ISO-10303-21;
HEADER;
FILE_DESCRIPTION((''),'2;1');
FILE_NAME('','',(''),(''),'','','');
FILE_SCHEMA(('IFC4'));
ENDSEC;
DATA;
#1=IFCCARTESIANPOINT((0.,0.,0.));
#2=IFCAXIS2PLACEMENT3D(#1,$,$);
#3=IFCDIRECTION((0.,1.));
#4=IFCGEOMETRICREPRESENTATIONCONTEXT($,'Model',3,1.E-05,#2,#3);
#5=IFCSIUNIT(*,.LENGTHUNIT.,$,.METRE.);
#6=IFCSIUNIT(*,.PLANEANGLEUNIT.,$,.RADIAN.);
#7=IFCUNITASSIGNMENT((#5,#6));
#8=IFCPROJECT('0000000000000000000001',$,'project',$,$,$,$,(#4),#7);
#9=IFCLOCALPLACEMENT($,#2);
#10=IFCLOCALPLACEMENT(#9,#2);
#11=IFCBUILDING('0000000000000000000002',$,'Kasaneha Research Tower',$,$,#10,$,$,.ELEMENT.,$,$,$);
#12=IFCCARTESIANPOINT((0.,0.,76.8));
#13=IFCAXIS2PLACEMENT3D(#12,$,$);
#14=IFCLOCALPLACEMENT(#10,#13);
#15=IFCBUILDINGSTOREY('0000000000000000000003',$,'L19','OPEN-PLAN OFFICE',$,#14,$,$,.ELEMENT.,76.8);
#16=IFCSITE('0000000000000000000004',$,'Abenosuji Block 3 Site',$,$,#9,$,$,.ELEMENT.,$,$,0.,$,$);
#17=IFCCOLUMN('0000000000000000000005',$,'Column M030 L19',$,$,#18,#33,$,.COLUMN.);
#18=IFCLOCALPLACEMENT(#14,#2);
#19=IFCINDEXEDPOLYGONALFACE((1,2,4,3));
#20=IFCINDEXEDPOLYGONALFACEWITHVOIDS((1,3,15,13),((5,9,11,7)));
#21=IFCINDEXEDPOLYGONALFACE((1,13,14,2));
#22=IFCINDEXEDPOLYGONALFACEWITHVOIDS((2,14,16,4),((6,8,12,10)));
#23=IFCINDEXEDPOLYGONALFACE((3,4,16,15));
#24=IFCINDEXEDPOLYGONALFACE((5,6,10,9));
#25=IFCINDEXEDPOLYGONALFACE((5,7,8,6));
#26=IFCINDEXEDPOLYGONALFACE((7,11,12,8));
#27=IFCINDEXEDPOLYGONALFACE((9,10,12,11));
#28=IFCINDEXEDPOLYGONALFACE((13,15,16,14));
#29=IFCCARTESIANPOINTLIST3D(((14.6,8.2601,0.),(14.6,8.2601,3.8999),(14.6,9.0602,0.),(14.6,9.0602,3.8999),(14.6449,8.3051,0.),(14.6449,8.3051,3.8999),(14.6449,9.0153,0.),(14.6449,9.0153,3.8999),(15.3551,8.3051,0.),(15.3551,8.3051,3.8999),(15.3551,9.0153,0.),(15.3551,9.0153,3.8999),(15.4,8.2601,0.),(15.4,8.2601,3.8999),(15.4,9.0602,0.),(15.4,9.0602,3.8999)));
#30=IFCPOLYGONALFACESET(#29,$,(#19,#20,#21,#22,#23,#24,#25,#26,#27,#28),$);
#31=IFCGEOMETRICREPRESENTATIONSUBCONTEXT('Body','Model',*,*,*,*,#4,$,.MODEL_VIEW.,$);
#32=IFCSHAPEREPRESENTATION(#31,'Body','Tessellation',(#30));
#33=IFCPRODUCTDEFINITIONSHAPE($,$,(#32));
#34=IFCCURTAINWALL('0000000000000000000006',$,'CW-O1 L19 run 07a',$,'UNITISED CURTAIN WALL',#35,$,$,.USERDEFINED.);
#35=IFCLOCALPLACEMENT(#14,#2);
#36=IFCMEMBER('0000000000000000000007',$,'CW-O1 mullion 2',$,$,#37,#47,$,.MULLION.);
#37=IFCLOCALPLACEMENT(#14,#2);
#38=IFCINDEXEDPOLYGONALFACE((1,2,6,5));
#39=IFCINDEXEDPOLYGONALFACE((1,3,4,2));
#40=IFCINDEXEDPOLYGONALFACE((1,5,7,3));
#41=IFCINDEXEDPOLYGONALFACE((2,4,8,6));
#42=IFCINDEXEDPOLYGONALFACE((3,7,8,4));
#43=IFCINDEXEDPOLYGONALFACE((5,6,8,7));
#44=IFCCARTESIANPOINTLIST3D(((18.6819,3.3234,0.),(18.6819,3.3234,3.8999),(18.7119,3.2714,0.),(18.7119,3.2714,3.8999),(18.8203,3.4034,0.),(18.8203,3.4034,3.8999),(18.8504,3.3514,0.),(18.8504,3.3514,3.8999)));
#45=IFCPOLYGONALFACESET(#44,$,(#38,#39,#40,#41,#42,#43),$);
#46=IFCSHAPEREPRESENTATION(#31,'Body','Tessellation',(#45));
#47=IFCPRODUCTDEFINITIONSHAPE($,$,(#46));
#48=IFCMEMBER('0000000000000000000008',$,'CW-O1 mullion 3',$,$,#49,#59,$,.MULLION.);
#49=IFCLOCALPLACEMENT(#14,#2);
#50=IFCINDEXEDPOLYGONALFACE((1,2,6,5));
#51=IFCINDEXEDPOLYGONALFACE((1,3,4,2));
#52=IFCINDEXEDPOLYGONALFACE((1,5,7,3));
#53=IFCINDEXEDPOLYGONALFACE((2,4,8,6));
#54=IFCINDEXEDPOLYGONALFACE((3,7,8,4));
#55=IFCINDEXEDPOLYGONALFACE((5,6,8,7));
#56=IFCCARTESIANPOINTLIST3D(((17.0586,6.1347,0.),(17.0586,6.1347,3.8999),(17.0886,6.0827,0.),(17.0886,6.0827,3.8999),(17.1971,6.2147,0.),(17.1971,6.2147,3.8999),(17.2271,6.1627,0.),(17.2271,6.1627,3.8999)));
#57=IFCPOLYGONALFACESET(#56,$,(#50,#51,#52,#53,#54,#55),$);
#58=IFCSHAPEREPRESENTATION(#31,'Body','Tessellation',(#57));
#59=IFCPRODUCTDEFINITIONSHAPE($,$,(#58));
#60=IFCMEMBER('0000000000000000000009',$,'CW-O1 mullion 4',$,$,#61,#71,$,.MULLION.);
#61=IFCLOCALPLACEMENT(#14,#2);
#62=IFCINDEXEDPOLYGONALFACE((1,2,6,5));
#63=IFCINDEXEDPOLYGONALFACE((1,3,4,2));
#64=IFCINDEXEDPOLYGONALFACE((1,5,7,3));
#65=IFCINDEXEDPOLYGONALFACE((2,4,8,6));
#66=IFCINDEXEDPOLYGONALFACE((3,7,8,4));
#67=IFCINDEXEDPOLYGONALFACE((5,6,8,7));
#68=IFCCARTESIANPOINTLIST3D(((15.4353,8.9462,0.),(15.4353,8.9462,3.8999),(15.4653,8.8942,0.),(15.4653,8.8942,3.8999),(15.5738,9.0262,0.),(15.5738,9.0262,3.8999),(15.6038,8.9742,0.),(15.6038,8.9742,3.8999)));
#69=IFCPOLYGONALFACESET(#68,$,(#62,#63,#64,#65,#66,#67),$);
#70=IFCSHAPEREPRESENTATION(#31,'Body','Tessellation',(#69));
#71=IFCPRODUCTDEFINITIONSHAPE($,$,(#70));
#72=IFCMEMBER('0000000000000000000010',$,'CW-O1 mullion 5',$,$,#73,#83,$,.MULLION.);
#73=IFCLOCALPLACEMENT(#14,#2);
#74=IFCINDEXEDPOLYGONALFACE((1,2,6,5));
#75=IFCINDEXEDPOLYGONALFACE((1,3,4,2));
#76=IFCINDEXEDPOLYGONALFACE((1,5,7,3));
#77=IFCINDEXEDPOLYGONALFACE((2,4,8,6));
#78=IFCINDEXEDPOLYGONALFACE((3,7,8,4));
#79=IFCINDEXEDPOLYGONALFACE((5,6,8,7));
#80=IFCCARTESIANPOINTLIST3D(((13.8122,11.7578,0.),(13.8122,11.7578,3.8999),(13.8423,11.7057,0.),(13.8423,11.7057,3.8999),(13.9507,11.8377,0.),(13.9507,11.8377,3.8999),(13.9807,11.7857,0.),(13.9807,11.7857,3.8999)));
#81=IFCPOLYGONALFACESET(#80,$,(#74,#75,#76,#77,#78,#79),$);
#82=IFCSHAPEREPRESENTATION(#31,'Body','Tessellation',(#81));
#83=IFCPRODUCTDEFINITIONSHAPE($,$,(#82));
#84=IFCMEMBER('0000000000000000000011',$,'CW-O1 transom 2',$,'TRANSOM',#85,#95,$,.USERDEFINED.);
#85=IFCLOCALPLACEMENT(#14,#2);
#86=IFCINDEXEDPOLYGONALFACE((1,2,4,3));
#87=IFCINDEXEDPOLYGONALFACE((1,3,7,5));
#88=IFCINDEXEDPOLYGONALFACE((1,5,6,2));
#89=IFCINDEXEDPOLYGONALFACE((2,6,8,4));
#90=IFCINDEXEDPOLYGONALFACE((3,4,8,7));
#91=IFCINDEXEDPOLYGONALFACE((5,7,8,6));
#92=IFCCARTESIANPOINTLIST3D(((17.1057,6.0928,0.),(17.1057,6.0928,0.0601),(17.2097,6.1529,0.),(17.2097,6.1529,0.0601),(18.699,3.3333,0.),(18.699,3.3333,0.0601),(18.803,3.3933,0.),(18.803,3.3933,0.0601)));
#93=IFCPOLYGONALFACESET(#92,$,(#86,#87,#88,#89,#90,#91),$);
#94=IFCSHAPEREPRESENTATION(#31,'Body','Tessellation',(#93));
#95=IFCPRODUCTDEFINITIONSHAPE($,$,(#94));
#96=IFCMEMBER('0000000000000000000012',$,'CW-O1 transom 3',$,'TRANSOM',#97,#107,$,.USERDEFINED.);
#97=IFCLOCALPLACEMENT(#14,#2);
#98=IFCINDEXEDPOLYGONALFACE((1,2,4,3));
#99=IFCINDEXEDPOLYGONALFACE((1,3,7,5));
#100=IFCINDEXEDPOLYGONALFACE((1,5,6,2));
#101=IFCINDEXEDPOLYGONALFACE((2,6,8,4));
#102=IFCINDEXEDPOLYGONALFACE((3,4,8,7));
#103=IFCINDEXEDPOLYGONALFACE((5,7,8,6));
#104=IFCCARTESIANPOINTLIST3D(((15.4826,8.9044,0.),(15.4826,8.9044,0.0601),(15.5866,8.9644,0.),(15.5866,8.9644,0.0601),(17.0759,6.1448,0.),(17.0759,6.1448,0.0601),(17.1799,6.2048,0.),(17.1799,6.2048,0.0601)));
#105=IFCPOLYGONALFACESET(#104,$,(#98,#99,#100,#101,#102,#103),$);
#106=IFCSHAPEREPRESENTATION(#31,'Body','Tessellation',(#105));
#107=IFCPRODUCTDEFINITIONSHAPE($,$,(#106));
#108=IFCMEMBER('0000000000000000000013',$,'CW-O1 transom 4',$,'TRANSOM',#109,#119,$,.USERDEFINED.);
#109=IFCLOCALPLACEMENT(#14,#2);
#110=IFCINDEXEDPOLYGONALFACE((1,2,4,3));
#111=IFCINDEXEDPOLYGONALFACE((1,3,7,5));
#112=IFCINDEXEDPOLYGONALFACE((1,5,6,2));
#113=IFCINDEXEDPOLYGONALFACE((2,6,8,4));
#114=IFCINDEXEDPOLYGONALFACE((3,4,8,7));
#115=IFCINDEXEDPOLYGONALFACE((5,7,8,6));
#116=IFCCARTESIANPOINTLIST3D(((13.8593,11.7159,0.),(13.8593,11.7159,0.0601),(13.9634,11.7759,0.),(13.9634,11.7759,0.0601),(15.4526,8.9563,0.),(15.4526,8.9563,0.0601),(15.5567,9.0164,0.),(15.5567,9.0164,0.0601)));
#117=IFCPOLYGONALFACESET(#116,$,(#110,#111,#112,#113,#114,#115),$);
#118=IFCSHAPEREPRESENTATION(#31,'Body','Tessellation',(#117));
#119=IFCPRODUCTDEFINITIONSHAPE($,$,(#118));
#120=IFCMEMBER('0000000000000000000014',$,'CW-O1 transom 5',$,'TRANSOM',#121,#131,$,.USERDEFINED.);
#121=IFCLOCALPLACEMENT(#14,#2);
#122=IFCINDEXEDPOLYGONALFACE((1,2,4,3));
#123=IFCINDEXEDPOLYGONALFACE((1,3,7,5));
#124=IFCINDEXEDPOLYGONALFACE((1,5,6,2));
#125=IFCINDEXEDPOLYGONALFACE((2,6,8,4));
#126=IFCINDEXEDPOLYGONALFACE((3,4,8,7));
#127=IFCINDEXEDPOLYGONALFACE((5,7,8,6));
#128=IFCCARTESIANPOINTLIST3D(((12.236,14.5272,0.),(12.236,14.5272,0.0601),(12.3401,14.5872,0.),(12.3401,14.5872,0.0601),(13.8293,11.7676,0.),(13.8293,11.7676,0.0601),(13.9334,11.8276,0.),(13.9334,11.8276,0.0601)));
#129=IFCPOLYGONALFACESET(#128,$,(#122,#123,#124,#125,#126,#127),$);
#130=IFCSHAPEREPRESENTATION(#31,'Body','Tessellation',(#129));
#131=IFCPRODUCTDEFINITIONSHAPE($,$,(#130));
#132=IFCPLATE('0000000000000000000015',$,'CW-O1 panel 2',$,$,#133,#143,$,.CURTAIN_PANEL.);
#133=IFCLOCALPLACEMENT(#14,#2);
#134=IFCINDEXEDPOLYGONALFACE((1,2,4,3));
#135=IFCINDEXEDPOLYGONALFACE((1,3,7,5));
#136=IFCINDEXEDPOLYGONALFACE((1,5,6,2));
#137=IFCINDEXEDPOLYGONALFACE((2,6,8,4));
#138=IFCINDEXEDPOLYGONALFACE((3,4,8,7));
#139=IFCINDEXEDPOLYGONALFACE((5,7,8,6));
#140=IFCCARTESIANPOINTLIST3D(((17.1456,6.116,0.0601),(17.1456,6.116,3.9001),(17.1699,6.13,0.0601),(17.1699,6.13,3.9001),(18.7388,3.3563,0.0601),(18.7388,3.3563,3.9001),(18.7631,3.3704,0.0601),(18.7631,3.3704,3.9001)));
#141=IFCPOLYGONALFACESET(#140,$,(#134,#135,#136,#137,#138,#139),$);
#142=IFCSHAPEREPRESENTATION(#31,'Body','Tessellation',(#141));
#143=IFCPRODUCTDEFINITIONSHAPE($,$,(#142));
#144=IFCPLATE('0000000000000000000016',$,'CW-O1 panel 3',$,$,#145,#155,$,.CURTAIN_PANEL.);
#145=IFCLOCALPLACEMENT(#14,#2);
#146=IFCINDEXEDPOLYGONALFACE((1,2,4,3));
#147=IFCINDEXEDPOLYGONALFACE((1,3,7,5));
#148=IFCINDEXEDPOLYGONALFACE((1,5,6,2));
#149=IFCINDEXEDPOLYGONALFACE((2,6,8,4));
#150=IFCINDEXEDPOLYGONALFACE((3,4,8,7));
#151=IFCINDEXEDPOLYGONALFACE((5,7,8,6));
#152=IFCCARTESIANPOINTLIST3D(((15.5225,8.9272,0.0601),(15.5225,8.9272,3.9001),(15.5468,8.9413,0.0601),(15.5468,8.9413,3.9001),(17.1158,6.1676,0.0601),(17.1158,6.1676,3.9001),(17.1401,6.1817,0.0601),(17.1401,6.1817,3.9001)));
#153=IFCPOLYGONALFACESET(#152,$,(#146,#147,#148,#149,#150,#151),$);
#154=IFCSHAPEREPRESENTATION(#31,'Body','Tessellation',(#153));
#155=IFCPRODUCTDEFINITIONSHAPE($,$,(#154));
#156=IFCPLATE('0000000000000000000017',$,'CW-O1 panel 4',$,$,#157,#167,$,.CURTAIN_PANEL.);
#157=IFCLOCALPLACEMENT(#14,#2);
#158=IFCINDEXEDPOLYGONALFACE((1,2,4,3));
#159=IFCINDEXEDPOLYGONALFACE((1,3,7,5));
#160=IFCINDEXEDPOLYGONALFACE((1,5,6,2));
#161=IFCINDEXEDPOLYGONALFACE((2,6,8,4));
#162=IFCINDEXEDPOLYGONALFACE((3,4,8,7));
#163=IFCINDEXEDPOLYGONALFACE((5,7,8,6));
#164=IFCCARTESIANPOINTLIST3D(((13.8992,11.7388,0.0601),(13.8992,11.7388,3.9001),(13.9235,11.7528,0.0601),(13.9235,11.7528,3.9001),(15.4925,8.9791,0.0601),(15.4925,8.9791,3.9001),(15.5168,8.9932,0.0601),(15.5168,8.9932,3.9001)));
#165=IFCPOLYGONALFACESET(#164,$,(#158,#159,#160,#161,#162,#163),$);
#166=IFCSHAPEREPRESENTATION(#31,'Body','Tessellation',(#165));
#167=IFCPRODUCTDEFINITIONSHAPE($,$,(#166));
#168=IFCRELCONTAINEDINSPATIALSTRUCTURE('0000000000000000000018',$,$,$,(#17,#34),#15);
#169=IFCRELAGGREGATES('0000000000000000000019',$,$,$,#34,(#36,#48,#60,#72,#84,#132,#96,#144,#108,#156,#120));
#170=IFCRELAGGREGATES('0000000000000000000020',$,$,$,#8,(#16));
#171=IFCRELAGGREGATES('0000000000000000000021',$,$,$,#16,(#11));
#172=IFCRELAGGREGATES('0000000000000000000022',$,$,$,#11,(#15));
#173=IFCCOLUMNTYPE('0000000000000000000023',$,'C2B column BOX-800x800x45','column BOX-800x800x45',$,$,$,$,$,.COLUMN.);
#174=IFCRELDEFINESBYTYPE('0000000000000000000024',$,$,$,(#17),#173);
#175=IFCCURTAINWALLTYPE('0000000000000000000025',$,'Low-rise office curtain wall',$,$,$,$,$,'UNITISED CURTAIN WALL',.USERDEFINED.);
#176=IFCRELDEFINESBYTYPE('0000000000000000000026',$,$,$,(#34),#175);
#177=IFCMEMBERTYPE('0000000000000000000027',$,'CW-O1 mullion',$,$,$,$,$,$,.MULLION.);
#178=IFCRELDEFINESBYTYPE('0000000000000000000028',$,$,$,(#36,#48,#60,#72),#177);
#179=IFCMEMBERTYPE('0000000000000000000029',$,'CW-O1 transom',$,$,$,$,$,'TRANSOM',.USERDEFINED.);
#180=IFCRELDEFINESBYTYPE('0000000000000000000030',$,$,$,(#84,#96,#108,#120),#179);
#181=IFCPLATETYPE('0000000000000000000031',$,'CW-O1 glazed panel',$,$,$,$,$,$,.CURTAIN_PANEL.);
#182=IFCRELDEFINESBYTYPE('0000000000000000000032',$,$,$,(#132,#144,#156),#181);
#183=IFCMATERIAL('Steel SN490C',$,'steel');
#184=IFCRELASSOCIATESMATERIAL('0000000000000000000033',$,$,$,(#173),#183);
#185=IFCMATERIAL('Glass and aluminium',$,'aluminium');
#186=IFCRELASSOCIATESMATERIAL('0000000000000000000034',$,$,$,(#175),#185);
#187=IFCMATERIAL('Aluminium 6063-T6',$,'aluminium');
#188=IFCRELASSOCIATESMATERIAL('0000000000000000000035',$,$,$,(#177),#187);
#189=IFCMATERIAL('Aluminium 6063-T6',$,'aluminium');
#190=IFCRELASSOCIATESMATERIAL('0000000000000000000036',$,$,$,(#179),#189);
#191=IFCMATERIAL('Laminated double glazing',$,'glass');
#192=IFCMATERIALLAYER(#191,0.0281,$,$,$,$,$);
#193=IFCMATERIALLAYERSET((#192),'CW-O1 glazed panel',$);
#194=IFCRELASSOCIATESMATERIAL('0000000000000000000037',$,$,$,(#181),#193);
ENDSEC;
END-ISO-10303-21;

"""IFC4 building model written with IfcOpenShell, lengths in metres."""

from ifc_helpers import new_model, si_unit, direction, frame, origin, origin_2d, place, context, subcontext, project, spatial, rectangle, hollow_rectangle, extrude, material, layer, layer_set, material_profile, profile_set, type_object, element, aggregate, save


model = new_model("IFC4")

# Units and contexts
model_context = context("Model", 3, precision=1e-05, world=origin(), true_north=direction((0.0, 1.0)))
body_context = subcontext(model_context, "Body", "Model", "MODEL_VIEW")
ifc_project = project(units=[si_unit("LENGTHUNIT", "METRE"), si_unit("PLANEANGLEUNIT", "RADIAN")], contexts=[model_context])

# Site, building, storey
site_placement = place(None, origin())
site = spatial("IfcSite", under=ifc_project, at=site_placement, Name="Abenosuji Block 3 Site", CompositionType="ELEMENT", RefElevation=0.0)
building_placement = place(site_placement, origin())
building = spatial("IfcBuilding", under=site, at=building_placement, Name="Kasaneha Research Tower", CompositionType="ELEMENT")
storey_placement = place(building_placement, frame((0.0, 0.0, 76.8)))
storey = spatial("IfcBuildingStorey", under=building, at=storey_placement, Name="L19", Description="OPEN-PLAN OFFICE", CompositionType="ELEMENT", Elevation=76.8)

# Column
ifc_material_1 = material(Name="Steel SN490C", Category="steel")
ifc_material_profile_1 = material_profile(ifc_material_1, hollow_rectangle(XDim=0.8, YDim=0.8, WallThickness=0.0449, at=origin_2d()), Name="BOX-800x800x45")
ifc_profile_set_1 = profile_set([ifc_material_profile_1], Name="Steel SN490C")
column_type = type_object("IfcColumnType", Name="C2B column BOX-800x800x45", Description="column BOX-800x800x45", PredefinedType="COLUMN", material=ifc_profile_set_1)
column_placement = place(storey_placement, frame((15.0, 8.6602, 0.0), z_axis=(0.0, 0.0, 1.0), x_axis=(1.0, 0.0, 0.0)))
element("IfcColumn", 1, at=column_placement, inside=storey, type_object=column_type, Name="Column M030 L19", PredefinedType="COLUMN", context=body_context, shape_type="SweptSolid", body=[
    extrude(hollow_rectangle(XDim=0.8, YDim=0.8, WallThickness=0.0449, at=origin_2d()), origin(), (0.0, 0.0, 1.0), 3.8999),
])

# Curtain wall, members, plates
ifc_material_2 = material(Name="Glass and aluminium", Category="aluminium")
curtain_wall_type = type_object("IfcCurtainWallType", Name="Low-rise office curtain wall", ElementType="UNITISED CURTAIN WALL", PredefinedType="USERDEFINED", material=ifc_material_2)
curtain_wall_placement = place(storey_placement, origin())
curtain_wall = element("IfcCurtainWall", 2, at=curtain_wall_placement, inside=storey, type_object=curtain_wall_type, Name="CW-O1 L19 run 07a", ObjectType="UNITISED CURTAIN WALL", PredefinedType="USERDEFINED")
ifc_material_3 = material(Name="Aluminium 6063-T6", Category="aluminium")
ifc_material_profile_2 = material_profile(ifc_material_3, rectangle(XDim=0.0601, YDim=0.1599, at=origin_2d()), Name="CW-O1 mullion 60x160")
ifc_profile_set_2 = profile_set([ifc_material_profile_2], Name="Aluminium 6063-T6")
member_type_1 = type_object("IfcMemberType", Name="CW-O1 mullion", PredefinedType="MULLION", material=ifc_profile_set_2)
member_1_placement = place(storey_placement, frame((18.7661, 3.3374, 0.0), z_axis=(0.0, 0.0, 1.0), x_axis=(-0.5, 0.866025, 0.0)))
member_1 = element("IfcMember", 3, at=member_1_placement, type_object=member_type_1, Name="CW-O1 mullion 2", PredefinedType="MULLION", context=body_context, shape_type="SweptSolid", body=[
    extrude(rectangle(XDim=0.0601, YDim=0.1599, at=origin_2d()), origin(), (0.0, 0.0, 1.0), 3.8999),
])
member_2_placement = place(storey_placement, frame((17.1428, 6.1487, 0.0), z_axis=(0.0, 0.0, 1.0), x_axis=(-0.5, 0.866025, 0.0)))
member_2 = element("IfcMember", 4, at=member_2_placement, type_object=member_type_1, Name="CW-O1 mullion 3", PredefinedType="MULLION", context=body_context, shape_type="SweptSolid", body=[
    extrude(rectangle(XDim=0.0601, YDim=0.1599, at=origin_2d()), origin(), (0.0, 0.0, 1.0), 3.8999),
])
member_3_placement = place(storey_placement, frame((15.5195, 8.9602, 0.0), z_axis=(0.0, 0.0, 1.0), x_axis=(-0.5, 0.866025, 0.0)))
member_3 = element("IfcMember", 5, at=member_3_placement, type_object=member_type_1, Name="CW-O1 mullion 4", PredefinedType="MULLION", context=body_context, shape_type="SweptSolid", body=[
    extrude(rectangle(XDim=0.0601, YDim=0.1599, at=origin_2d()), origin(), (0.0, 0.0, 1.0), 3.8999),
])
member_4_placement = place(storey_placement, frame((13.8965, 11.7717, 0.0), z_axis=(0.0, 0.0, 1.0), x_axis=(-0.5, 0.866025, 0.0)))
member_4 = element("IfcMember", 6, at=member_4_placement, type_object=member_type_1, Name="CW-O1 mullion 5", PredefinedType="MULLION", context=body_context, shape_type="SweptSolid", body=[
    extrude(rectangle(XDim=0.0601, YDim=0.1599, at=origin_2d()), origin(), (0.0, 0.0, 1.0), 3.8999),
])
ifc_material_4 = material(Name="Aluminium 6063-T6", Category="aluminium")
ifc_material_profile_3 = material_profile(ifc_material_4, rectangle(XDim=0.1201, YDim=0.0601, at=origin_2d()), Name="CW-O1 transom 120x60")
ifc_profile_set_3 = profile_set([ifc_material_profile_3], Name="Aluminium 6063-T6")
member_type_2 = type_object("IfcMemberType", Name="CW-O1 transom", ElementType="TRANSOM", PredefinedType="USERDEFINED", material=ifc_profile_set_3)
member_5_placement = place(storey_placement, frame((18.751, 3.3633, 0.03), z_axis=(-0.500012, 0.866018, 0.0), x_axis=(-0.866018, -0.500012, 0.0)))
member_5 = element("IfcMember", 7, at=member_5_placement, type_object=member_type_2, Name="CW-O1 transom 2", ObjectType="TRANSOM", PredefinedType="USERDEFINED", context=body_context, shape_type="SweptSolid", body=[
    extrude(rectangle(XDim=0.1201, YDim=0.0601, at=origin_2d()), origin(), (0.0, 0.0, 1.0), 3.1865),
])
member_6_placement = place(storey_placement, frame((17.1279, 6.1748, 0.03), z_axis=(-0.500012, 0.866018, 0.0), x_axis=(-0.866018, -0.500012, 0.0)))
member_6 = element("IfcMember", 8, at=member_6_placement, type_object=member_type_2, Name="CW-O1 transom 3", ObjectType="TRANSOM", PredefinedType="USERDEFINED", context=body_context, shape_type="SweptSolid", body=[
    extrude(rectangle(XDim=0.1201, YDim=0.0601, at=origin_2d()), origin(), (0.0, 0.0, 1.0), 3.1865),
])
member_7_placement = place(storey_placement, frame((15.5046, 8.9863, 0.03), z_axis=(-0.500012, 0.866018, 0.0), x_axis=(-0.866018, -0.500012, 0.0)))
member_7 = element("IfcMember", 9, at=member_7_placement, type_object=member_type_2, Name="CW-O1 transom 4", ObjectType="TRANSOM", PredefinedType="USERDEFINED", context=body_context, shape_type="SweptSolid", body=[
    extrude(rectangle(XDim=0.1201, YDim=0.0601, at=origin_2d()), origin(), (0.0, 0.0, 1.0), 3.1865),
])
member_8_placement = place(storey_placement, frame((13.8813, 11.7976, 0.03), z_axis=(-0.500012, 0.866018, 0.0), x_axis=(-0.866018, -0.500012, 0.0)))
member_8 = element("IfcMember", 10, at=member_8_placement, type_object=member_type_2, Name="CW-O1 transom 5", ObjectType="TRANSOM", PredefinedType="USERDEFINED", context=body_context, shape_type="SweptSolid", body=[
    extrude(rectangle(XDim=0.1201, YDim=0.0601, at=origin_2d()), origin(), (0.0, 0.0, 1.0), 3.1865),
])
ifc_material_5 = material(Name="Laminated double glazing", Category="glass")
ifc_layer_1 = layer(ifc_material_5, 0.0281)
ifc_layer_set_1 = layer_set([ifc_layer_1], Name="CW-O1 glazed panel")
plate_type = type_object("IfcPlateType", Name="CW-O1 glazed panel", PredefinedType="CURTAIN_PANEL", material=ifc_layer_set_1)
plate_1_placement = place(storey_placement, frame((17.9543, 4.7432, 0.0601), z_axis=(0.0, 0.0, 1.0), x_axis=(-0.5, 0.866025, 0.0)))
plate_1 = element("IfcPlate", 11, at=plate_1_placement, type_object=plate_type, Name="CW-O1 panel 2", PredefinedType="CURTAIN_PANEL", context=body_context, shape_type="SweptSolid", body=[
    extrude(rectangle(XDim=3.1865, YDim=0.0281, at=origin_2d()), origin(), (0.0, 0.0, 1.0), 3.8401),
])
plate_2_placement = place(storey_placement, frame((16.3313, 7.5544, 0.0601), z_axis=(0.0, 0.0, 1.0), x_axis=(-0.5, 0.866025, 0.0)))
plate_2 = element("IfcPlate", 12, at=plate_2_placement, type_object=plate_type, Name="CW-O1 panel 3", PredefinedType="CURTAIN_PANEL", context=body_context, shape_type="SweptSolid", body=[
    extrude(rectangle(XDim=3.1865, YDim=0.0281, at=origin_2d()), origin(), (0.0, 0.0, 1.0), 3.8401),
])
plate_3_placement = place(storey_placement, frame((14.708, 10.366, 0.0601), z_axis=(0.0, 0.0, 1.0), x_axis=(-0.5, 0.866025, 0.0)))
plate_3 = element("IfcPlate", 13, at=plate_3_placement, type_object=plate_type, Name="CW-O1 panel 4", PredefinedType="CURTAIN_PANEL", context=body_context, shape_type="SweptSolid", body=[
    extrude(rectangle(XDim=3.1865, YDim=0.0281, at=origin_2d()), origin(), (0.0, 0.0, 1.0), 3.8401),
])
aggregate(curtain_wall, [member_1, member_2, member_3, member_4, member_5, plate_1, member_6, plate_2, member_7, plate_3, member_8])

save(model, "model.ifc")
